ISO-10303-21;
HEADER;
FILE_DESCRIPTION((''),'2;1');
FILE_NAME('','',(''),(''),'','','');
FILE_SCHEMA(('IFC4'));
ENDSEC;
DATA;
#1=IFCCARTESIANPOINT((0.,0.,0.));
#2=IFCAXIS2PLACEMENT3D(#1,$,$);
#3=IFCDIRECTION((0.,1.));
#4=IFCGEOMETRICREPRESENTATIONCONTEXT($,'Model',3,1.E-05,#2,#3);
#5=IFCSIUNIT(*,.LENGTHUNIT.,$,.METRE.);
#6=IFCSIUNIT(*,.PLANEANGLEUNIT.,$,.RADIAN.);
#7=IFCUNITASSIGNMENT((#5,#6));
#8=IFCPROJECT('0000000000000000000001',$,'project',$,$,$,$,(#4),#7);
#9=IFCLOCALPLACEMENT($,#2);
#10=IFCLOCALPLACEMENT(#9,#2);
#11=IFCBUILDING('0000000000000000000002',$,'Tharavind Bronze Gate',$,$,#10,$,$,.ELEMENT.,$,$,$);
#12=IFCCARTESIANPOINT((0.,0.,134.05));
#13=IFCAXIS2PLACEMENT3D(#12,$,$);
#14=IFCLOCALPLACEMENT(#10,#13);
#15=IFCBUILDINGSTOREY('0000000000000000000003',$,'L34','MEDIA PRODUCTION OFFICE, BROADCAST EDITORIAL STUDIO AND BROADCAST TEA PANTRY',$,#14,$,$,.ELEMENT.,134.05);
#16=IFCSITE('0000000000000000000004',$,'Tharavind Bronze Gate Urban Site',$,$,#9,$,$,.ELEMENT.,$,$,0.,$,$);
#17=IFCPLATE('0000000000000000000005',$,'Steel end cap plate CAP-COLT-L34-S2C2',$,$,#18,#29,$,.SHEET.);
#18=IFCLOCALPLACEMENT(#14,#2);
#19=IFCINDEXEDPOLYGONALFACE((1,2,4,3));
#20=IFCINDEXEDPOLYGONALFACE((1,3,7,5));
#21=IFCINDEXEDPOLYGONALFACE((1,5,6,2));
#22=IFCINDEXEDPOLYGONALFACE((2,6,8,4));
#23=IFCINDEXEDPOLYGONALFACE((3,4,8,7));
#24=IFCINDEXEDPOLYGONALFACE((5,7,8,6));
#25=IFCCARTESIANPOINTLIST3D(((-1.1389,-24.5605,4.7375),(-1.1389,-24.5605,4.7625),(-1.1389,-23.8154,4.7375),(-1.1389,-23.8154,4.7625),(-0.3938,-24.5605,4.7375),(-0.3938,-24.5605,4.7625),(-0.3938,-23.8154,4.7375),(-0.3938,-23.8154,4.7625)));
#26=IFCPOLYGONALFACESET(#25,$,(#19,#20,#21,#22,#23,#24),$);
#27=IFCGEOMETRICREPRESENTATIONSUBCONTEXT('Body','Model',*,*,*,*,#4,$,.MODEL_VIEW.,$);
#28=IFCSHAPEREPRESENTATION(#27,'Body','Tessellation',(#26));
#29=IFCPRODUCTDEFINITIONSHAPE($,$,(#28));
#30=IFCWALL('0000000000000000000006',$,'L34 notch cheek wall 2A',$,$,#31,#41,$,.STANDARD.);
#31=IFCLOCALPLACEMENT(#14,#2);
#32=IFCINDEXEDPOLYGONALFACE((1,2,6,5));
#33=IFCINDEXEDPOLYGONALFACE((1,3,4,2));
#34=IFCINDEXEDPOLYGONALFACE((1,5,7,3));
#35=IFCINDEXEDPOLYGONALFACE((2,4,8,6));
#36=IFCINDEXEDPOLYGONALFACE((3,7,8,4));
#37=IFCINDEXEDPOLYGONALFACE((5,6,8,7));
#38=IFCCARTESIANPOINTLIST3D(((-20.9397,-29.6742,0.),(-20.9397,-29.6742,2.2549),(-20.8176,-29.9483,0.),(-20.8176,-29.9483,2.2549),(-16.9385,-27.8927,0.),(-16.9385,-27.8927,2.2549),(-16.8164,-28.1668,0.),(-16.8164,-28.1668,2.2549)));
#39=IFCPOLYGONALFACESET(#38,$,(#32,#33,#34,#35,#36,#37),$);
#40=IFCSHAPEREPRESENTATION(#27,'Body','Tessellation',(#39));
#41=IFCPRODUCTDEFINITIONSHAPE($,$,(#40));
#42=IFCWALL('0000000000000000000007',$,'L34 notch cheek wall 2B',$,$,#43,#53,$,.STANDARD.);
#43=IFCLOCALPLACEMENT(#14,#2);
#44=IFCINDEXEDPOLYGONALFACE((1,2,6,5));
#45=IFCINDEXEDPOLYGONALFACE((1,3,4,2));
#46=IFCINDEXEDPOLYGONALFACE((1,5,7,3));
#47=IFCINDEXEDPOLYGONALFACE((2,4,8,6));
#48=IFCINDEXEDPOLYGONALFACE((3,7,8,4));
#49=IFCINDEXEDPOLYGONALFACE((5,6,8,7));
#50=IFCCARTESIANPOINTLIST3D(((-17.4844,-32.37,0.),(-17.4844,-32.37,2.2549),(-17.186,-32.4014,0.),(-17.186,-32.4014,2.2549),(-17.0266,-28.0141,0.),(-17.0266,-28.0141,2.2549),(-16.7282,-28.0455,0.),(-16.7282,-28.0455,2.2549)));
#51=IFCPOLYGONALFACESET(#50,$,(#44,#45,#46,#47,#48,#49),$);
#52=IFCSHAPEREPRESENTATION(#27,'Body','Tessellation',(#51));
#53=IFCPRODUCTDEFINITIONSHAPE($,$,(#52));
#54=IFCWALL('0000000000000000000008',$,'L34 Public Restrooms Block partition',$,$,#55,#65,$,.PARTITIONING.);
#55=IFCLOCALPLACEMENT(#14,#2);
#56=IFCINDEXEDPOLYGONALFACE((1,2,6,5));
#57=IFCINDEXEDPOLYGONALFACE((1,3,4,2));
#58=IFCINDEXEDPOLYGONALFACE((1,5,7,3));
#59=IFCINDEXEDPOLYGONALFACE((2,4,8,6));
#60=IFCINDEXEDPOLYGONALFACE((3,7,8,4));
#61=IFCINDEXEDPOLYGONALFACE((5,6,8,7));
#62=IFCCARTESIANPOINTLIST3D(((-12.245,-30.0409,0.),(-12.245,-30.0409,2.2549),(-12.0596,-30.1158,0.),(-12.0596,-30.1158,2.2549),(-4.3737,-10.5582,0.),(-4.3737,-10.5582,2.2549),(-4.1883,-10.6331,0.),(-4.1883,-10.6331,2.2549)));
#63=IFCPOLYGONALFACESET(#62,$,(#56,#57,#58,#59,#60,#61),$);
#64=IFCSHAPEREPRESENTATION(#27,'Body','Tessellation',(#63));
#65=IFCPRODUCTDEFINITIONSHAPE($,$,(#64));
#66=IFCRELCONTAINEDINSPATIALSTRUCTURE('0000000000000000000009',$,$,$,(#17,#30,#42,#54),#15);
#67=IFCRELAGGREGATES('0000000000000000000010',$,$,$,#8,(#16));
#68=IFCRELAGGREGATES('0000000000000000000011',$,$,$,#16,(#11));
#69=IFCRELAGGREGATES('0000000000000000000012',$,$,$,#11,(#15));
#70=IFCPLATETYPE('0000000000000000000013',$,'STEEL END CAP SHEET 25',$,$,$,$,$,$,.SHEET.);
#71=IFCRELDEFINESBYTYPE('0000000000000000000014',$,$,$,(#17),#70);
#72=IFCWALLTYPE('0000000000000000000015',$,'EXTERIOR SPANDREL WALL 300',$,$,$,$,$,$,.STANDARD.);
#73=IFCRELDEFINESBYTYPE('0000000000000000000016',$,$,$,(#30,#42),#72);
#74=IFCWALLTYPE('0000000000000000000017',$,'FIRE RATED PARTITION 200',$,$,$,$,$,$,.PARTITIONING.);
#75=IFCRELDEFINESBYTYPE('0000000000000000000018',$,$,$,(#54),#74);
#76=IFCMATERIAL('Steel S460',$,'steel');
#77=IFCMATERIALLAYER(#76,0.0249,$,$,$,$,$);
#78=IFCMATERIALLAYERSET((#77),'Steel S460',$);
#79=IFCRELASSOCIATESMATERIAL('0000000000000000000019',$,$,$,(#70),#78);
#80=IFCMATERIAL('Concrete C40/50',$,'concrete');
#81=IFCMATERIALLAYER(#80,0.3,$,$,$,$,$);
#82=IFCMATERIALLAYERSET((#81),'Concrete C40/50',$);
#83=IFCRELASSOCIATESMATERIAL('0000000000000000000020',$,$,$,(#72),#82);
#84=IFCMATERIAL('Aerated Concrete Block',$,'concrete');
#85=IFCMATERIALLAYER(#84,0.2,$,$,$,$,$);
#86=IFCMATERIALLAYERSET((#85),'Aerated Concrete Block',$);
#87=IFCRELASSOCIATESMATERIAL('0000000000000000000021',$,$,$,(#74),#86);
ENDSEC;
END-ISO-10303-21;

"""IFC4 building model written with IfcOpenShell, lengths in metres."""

from ifc_helpers import new_model, si_unit, direction, frame, frame_2d, origin, origin_2d, place, context, subcontext, project, spatial, rectangle, extrude, material, layer, layer_set, type_object, element, save


model = new_model("IFC4")

# Units and contexts
model_context = context("Model", 3, precision=1e-05, world=origin(), true_north=direction((0.0, 1.0)))
body_context = subcontext(model_context, "Body", "Model", "MODEL_VIEW")
ifc_project = project(units=[si_unit("LENGTHUNIT", "METRE"), si_unit("PLANEANGLEUNIT", "RADIAN")], contexts=[model_context])

# Site, building, storey
site_placement = place(None, origin())
site = spatial("IfcSite", under=ifc_project, at=site_placement, Name="Tharavind Bronze Gate Urban Site", CompositionType="ELEMENT", RefElevation=0.0)
building_placement = place(site_placement, origin())
building = spatial("IfcBuilding", under=site, at=building_placement, Name="Tharavind Bronze Gate", CompositionType="ELEMENT")
storey_placement = place(building_placement, frame((0.0, 0.0, 134.05)))
storey = spatial("IfcBuildingStorey", under=building, at=storey_placement, Name="L34", Description="MEDIA PRODUCTION OFFICE, BROADCAST EDITORIAL STUDIO AND BROADCAST TEA PANTRY", CompositionType="ELEMENT", Elevation=134.05)

# Shared definitions
ifc_material_1 = material(Name="Steel S460", Category="steel")

# Plate
ifc_layer_1 = layer(ifc_material_1, 0.0249)
ifc_layer_set_1 = layer_set([ifc_layer_1], Name="Steel S460")
plate_type_1 = type_object("IfcPlateType", Name="STEEL END CAP SHEET 25", PredefinedType="SHEET", material=ifc_layer_set_1)
plate_1_placement = place(storey_placement, frame((-0.7664, -24.188, 4.7375), z_axis=(0.0, 0.0, 1.0), x_axis=(1.0, 0.0, 0.0)))
element("IfcPlate", 1, at=plate_1_placement, inside=storey, type_object=plate_type_1, Name="Steel end cap plate CAP-COLT-L34-S2C2", PredefinedType="SHEET", context=body_context, shape_type="SweptSolid", body=[
    extrude(rectangle(XDim=0.7451, YDim=0.7451, at=origin_2d()), origin(), (0.0, 0.0, 1.0), 0.0249),
])

# Walls
ifc_material_2 = material(Name="Concrete C40/50", Category="concrete")
ifc_layer_2 = layer(ifc_material_2, 0.3)
ifc_layer_set_2 = layer_set([ifc_layer_2], Name="Concrete C40/50")
wall_type_1 = type_object("IfcWallType", Name="EXTERIOR SPANDREL WALL 300", PredefinedType="STANDARD", material=ifc_layer_set_2)
for number, where, z_axis, x_axis, name in (
    (2, (-20.8787, -29.8113, 0.0), (0.0, 0.0, 1.0), (0.913542, 0.406743, 0.0), "L34 notch cheek wall 2A"),
    (3, (-16.8774, -28.0298, 0.0), (0.0, 0.0, 1.0), (-0.104514, -0.994523, 0.0), "L34 notch cheek wall 2B"),
):
    element("IfcWall", number, at=place(storey_placement, frame(where, z_axis=z_axis, x_axis=x_axis)), inside=storey, type_object=wall_type_1, Name=name, PredefinedType="STANDARD", context=body_context, shape_type="SweptSolid", body=[
        extrude(rectangle(XDim=4.3799, YDim=0.3, at=frame_2d((2.1899, 0.0))), origin(), (0.0, 0.0, 1.0), 2.2549),
    ])
ifc_material_3 = material(Name="Aerated Concrete Block", Category="concrete")
ifc_layer_3 = layer(ifc_material_3, 0.2)
ifc_layer_set_3 = layer_set([ifc_layer_3], Name="Aerated Concrete Block")
wall_type_2 = type_object("IfcWallType", Name="FIRE RATED PARTITION 200", PredefinedType="PARTITIONING", material=ifc_layer_set_3)
wall_placement = place(storey_placement, frame((-12.1523, -30.0784, 0.0), z_axis=(0.0, 0.0, 1.0), x_axis=(0.3746, 0.927187, 0.0)))
element("IfcWall", 4, at=wall_placement, inside=storey, type_object=wall_type_2, Name="L34 Public Restrooms Block partition", PredefinedType="PARTITIONING", context=body_context, shape_type="SweptSolid", body=[
    extrude(rectangle(XDim=21.0127, YDim=0.2, at=frame_2d((10.5063, 0.0))), origin(), (0.0, 0.0, 1.0), 2.2549),
])

save(model, "model.ifc")
